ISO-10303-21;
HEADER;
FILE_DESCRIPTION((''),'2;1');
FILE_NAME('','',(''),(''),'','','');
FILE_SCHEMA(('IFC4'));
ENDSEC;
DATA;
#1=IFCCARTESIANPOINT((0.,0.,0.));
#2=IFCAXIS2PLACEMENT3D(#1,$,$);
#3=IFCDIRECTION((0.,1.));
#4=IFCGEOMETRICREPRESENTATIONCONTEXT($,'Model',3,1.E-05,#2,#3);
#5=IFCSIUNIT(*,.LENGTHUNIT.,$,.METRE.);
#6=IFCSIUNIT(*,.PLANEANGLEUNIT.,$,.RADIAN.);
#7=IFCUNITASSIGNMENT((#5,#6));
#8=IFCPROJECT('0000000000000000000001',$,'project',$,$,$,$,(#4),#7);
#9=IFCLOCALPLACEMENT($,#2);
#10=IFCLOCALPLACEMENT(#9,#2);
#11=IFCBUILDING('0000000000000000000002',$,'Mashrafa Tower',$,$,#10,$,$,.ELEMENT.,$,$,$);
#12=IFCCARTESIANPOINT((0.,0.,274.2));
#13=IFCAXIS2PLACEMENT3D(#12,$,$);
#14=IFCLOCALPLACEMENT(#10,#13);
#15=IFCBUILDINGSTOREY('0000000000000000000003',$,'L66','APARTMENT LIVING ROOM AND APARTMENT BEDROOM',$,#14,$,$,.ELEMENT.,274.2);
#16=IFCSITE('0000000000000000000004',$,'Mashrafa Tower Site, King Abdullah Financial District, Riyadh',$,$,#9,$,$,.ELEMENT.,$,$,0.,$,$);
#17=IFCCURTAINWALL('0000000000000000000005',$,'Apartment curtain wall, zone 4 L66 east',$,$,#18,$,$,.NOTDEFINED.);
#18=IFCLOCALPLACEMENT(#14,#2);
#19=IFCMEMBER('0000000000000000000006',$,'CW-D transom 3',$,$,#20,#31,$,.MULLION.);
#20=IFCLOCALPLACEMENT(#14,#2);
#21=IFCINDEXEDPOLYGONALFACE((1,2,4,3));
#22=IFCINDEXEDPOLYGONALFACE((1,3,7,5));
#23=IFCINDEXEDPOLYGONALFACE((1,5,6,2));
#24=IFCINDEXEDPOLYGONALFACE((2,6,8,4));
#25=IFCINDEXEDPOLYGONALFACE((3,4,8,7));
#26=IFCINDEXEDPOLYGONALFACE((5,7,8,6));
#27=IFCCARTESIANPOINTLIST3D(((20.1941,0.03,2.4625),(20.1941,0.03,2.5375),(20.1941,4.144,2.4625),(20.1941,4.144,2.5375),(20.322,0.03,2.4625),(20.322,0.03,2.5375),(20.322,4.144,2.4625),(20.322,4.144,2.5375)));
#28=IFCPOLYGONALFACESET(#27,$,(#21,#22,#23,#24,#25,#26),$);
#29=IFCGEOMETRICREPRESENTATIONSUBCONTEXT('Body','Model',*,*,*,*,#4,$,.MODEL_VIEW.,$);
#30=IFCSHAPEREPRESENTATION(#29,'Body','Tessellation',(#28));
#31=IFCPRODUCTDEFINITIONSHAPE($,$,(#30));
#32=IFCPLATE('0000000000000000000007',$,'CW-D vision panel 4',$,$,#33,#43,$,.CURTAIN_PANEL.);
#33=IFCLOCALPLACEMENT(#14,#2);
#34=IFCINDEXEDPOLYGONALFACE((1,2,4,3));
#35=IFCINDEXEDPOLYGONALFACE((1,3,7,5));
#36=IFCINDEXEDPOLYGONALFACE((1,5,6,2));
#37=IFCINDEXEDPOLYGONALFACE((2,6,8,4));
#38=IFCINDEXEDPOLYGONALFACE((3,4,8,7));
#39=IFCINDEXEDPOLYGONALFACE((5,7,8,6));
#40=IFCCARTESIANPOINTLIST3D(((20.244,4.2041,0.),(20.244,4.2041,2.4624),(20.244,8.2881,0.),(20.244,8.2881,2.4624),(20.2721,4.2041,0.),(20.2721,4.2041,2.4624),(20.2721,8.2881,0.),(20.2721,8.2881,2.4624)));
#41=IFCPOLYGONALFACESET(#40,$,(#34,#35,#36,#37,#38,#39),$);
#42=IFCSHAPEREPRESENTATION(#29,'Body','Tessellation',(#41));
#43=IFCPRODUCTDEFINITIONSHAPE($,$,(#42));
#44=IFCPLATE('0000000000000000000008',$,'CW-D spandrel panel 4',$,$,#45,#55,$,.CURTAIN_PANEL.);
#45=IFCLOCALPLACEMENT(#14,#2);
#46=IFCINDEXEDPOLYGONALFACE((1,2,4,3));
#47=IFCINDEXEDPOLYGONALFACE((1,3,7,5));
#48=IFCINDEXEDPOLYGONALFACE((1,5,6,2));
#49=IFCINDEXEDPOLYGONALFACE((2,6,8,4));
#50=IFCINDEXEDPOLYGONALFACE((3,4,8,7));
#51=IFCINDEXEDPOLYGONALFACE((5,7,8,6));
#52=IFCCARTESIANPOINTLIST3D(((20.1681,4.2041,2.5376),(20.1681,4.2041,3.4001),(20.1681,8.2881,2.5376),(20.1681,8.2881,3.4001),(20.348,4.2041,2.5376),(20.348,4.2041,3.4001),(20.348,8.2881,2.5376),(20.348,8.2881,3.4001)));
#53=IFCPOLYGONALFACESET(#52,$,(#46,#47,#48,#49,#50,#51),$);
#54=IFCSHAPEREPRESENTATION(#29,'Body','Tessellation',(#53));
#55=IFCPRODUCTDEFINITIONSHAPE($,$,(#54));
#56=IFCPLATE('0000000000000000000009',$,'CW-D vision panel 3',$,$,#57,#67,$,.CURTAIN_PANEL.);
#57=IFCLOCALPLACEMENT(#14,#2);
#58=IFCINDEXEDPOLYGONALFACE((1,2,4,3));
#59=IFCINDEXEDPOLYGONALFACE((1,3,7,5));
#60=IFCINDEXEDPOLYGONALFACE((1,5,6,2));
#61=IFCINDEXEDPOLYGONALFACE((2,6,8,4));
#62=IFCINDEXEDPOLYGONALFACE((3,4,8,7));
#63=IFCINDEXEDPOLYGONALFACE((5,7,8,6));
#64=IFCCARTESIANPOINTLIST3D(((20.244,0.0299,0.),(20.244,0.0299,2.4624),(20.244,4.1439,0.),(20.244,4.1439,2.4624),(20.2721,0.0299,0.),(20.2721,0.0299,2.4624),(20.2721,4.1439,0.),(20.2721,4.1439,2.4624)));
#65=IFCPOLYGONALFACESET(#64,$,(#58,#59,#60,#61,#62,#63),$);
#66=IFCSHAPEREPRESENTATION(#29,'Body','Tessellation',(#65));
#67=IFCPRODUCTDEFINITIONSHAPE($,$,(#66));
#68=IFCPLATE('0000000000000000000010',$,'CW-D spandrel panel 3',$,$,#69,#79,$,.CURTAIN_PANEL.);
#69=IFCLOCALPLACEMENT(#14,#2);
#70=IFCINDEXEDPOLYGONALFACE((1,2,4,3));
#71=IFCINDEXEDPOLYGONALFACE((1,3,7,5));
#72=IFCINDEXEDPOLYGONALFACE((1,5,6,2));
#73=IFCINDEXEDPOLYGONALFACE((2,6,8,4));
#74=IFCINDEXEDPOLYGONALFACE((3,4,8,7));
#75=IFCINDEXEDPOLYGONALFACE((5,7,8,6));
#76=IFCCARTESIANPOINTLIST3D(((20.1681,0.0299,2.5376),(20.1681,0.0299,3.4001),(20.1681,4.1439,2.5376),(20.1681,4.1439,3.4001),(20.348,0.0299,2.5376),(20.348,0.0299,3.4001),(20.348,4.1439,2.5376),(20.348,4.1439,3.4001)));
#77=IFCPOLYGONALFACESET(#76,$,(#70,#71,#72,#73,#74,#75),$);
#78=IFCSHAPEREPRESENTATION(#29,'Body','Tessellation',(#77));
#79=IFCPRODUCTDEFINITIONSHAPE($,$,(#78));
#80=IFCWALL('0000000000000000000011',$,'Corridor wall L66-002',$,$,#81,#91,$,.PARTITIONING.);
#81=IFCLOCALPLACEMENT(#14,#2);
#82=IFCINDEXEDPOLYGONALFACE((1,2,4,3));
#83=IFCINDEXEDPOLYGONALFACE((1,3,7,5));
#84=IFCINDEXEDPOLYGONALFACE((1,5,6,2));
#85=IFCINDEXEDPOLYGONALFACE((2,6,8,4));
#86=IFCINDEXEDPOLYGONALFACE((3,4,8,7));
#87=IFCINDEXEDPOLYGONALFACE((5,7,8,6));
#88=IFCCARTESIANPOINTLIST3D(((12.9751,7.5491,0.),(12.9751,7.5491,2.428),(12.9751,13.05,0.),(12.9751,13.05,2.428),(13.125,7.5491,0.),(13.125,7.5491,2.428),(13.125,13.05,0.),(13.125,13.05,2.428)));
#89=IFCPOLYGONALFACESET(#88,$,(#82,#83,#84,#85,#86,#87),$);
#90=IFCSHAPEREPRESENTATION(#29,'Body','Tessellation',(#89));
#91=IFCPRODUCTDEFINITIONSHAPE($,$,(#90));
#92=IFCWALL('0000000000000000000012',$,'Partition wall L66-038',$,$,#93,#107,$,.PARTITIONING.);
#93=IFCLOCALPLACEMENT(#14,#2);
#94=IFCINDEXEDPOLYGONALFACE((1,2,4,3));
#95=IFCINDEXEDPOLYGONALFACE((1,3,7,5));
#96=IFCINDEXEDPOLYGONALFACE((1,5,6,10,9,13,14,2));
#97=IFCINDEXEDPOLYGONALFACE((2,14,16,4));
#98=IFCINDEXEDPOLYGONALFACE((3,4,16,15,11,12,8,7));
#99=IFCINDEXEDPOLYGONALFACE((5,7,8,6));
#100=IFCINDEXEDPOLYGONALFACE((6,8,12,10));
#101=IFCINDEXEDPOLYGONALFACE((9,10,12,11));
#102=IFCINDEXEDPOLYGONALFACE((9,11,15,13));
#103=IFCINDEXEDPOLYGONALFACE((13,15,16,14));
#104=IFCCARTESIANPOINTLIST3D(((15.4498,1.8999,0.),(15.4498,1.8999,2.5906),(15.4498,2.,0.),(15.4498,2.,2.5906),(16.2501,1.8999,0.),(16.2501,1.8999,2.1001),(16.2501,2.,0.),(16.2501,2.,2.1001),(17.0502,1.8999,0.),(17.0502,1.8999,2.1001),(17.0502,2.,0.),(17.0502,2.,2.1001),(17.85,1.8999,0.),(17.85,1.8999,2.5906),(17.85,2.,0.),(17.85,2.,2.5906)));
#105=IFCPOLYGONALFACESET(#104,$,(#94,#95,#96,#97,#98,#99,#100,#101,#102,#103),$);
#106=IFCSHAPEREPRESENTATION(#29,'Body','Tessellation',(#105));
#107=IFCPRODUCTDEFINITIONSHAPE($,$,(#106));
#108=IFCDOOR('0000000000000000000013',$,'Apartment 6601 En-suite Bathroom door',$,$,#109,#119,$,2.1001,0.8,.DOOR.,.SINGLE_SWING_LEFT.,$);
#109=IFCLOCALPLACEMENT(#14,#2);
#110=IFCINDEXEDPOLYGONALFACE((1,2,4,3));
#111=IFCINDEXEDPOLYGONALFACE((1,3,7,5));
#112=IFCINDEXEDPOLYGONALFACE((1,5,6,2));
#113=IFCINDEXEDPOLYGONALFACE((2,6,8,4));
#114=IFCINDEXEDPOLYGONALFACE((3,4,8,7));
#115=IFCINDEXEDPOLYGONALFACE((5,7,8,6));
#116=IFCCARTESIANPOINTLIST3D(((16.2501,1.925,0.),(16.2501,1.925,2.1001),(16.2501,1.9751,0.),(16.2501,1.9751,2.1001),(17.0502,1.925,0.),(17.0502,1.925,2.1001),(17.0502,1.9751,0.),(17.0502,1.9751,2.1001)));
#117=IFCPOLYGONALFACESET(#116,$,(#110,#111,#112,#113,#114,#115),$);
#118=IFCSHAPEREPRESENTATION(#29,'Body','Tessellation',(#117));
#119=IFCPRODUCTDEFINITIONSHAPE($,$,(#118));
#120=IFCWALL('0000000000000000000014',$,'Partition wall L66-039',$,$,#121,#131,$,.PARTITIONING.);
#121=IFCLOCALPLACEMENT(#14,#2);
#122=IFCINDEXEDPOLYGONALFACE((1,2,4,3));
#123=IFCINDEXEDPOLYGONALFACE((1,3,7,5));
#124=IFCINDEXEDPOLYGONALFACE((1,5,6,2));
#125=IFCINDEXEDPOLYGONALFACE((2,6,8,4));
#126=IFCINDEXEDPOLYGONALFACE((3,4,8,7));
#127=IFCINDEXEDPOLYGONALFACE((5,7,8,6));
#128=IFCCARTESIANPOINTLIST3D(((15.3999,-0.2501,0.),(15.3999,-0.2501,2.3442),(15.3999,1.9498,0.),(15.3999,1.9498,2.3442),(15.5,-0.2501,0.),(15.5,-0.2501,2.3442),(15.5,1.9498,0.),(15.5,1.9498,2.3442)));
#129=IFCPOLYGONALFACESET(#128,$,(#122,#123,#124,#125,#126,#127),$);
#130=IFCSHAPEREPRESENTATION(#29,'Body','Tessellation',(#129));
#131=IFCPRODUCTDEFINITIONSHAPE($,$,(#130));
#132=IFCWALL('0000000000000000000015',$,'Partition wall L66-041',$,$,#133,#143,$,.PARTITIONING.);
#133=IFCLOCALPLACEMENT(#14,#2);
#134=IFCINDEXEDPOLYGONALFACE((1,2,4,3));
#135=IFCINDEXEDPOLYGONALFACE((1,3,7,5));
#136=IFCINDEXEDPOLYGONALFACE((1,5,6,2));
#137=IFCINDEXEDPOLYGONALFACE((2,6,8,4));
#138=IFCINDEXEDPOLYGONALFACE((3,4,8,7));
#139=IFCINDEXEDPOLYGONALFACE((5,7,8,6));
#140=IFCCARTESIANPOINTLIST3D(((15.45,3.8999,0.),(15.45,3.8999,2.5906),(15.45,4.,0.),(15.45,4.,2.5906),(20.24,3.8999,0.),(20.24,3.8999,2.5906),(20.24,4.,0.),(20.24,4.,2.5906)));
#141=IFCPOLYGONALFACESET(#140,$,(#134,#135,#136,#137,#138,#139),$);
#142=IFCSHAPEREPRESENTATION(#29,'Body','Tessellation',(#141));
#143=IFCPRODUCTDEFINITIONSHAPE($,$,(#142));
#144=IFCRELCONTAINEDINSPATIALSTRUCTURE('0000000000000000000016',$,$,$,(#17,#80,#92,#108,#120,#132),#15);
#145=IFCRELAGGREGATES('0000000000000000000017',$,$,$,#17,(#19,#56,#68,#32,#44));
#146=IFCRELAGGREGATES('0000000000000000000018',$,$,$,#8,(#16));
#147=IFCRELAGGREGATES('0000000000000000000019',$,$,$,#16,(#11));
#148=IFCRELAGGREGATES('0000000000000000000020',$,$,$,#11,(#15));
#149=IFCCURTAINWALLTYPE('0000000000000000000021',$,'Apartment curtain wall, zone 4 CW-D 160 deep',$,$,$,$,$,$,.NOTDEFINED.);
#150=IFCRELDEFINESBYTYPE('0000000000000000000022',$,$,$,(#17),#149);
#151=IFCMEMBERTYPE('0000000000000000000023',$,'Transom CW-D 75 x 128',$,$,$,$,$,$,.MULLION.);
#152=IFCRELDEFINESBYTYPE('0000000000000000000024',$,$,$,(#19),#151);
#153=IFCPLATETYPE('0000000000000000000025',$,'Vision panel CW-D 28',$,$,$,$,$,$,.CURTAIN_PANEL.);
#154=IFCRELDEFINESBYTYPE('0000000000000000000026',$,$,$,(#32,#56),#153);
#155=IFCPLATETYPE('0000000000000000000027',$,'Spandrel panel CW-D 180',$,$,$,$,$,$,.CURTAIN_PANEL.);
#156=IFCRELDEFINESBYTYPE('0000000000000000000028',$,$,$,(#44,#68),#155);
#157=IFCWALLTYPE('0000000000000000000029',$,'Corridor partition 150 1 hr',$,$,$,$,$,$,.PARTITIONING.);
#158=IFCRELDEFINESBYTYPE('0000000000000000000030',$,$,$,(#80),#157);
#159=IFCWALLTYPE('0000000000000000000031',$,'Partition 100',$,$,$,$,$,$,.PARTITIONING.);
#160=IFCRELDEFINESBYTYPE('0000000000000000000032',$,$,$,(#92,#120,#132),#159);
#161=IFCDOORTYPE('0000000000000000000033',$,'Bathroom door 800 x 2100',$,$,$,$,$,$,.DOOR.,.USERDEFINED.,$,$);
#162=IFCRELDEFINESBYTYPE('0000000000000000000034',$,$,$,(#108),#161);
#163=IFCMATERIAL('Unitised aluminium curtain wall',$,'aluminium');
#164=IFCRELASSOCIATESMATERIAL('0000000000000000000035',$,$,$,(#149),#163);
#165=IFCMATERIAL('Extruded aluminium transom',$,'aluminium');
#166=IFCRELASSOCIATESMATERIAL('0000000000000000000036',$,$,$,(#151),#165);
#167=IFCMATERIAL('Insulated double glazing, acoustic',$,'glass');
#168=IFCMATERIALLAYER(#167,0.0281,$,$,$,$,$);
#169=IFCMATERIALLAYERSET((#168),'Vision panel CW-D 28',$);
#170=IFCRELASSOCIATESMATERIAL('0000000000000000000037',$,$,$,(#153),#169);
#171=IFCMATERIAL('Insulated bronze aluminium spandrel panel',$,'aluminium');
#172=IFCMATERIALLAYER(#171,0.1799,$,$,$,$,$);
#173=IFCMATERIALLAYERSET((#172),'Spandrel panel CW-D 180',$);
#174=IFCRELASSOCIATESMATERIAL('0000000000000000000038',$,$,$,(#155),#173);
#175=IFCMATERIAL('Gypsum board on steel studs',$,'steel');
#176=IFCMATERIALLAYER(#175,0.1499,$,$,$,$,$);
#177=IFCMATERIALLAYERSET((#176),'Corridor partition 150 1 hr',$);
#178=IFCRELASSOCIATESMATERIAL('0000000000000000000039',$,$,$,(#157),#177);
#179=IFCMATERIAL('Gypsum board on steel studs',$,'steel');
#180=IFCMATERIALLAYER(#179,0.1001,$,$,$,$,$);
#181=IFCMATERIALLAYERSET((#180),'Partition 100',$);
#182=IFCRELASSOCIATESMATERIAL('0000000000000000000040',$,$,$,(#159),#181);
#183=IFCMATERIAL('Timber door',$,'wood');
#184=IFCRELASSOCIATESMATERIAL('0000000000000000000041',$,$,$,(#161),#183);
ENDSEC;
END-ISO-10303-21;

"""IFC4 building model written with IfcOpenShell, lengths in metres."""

from ifc_helpers import new_model, si_unit, direction, frame, frame_2d, origin, origin_2d, place, context, subcontext, project, spatial, rectangle, extrude, source, transform, mapped, material, layer, layer_set, material_profile, profile_set, type_object, type_shapes, element, fill, aggregate, save


model = new_model("IFC4")

# Units and contexts
model_context = context("Model", 3, precision=1e-05, world=origin(), true_north=direction((0.0, 1.0)))
body_context = subcontext(model_context, "Body", "Model", "MODEL_VIEW")
ifc_project = project(units=[si_unit("LENGTHUNIT", "METRE"), si_unit("PLANEANGLEUNIT", "RADIAN")], contexts=[model_context])

# Site, building, storey
site_placement = place(None, origin())
site = spatial("IfcSite", under=ifc_project, at=site_placement, Name="Mashrafa Tower Site, King Abdullah Financial District, Riyadh", CompositionType="ELEMENT", RefElevation=0.0)
building_placement = place(site_placement, origin())
building = spatial("IfcBuilding", under=site, at=building_placement, Name="Mashrafa Tower", CompositionType="ELEMENT")
storey_placement = place(building_placement, frame((0.0, 0.0, 274.2)))
storey = spatial("IfcBuildingStorey", under=building, at=storey_placement, Name="L66", Description="APARTMENT LIVING ROOM AND APARTMENT BEDROOM", CompositionType="ELEMENT", Elevation=274.2)

# Curtain wall, member, plates
ifc_material_1 = material(Name="Unitised aluminium curtain wall", Category="aluminium")
curtain_wall_type = type_object("IfcCurtainWallType", Name="Apartment curtain wall, zone 4 CW-D 160 deep", PredefinedType="NOTDEFINED", material=ifc_material_1)
curtain_wall_placement = place(storey_placement, origin())
curtain_wall = element("IfcCurtainWall", 1, at=curtain_wall_placement, inside=storey, type_object=curtain_wall_type, Name="Apartment curtain wall, zone 4 L66 east", PredefinedType="NOTDEFINED")
ifc_material_2 = material(Name="Extruded aluminium transom", Category="aluminium")
ifc_material_profile_1 = material_profile(ifc_material_2, rectangle(XDim=0.1279, YDim=0.075, at=origin_2d()), Name="Transom 75x128")
ifc_profile_set_1 = profile_set([ifc_material_profile_1], Name="Extruded aluminium transom")
member_type_1 = type_object("IfcMemberType", Name="Transom CW-D 75 x 128", PredefinedType="MULLION", material=ifc_profile_set_1)
shared_shape_1 = source(origin(), body_context, "Body", "SweptSolid", [
    extrude(rectangle(XDim=0.1279, YDim=0.075, at=origin_2d()), origin(), (0.0, 0.0, 1.0), 4.114),
])
member_1_placement = place(storey_placement, frame((20.2581, 0.03, 2.5), z_axis=(0.0, 1.0, 0.0), x_axis=(-1.0, 0.0, 0.0)))
member_1 = element("IfcMember", 2, at=member_1_placement, type_object=member_type_1, Name="CW-D transom 3", PredefinedType="MULLION", context=body_context, shape_type="MappedRepresentation", body=[
    mapped(shared_shape_1, transform((0.0, 0.0, 0.0))),
])
ifc_material_3 = material(Name="Insulated double glazing, acoustic", Category="glass")
ifc_layer_1 = layer(ifc_material_3, 0.0281)
ifc_layer_set_1 = layer_set([ifc_layer_1], Name="Vision panel CW-D 28")
plate_type_1 = type_object("IfcPlateType", Name="Vision panel CW-D 28", PredefinedType="CURTAIN_PANEL", material=ifc_layer_set_1)
shared_shape_2 = source(origin(), body_context, "Body", "SweptSolid", [
    extrude(rectangle(XDim=4.084, YDim=0.0281, at=origin_2d()), origin(), (0.0, 0.0, 1.0), 2.4624),
])
plate_1_placement = place(storey_placement, frame((20.2581, 6.2461, 0.0), z_axis=(0.0, 0.0, 1.0), x_axis=(0.0, 1.0, 0.0)))
plate_1 = element("IfcPlate", 3, at=plate_1_placement, type_object=plate_type_1, Name="CW-D vision panel 4", PredefinedType="CURTAIN_PANEL", context=body_context, shape_type="MappedRepresentation", body=[
    mapped(shared_shape_2, transform((0.0, 0.0, 0.0))),
])
ifc_material_4 = material(Name="Insulated bronze aluminium spandrel panel", Category="aluminium")
ifc_layer_2 = layer(ifc_material_4, 0.1799)
ifc_layer_set_2 = layer_set([ifc_layer_2], Name="Spandrel panel CW-D 180")
plate_type_2 = type_object("IfcPlateType", Name="Spandrel panel CW-D 180", PredefinedType="CURTAIN_PANEL", material=ifc_layer_set_2)
shared_shape_3 = source(origin(), body_context, "Body", "SweptSolid", [
    extrude(rectangle(XDim=4.084, YDim=0.1799, at=origin_2d()), origin(), (0.0, 0.0, 1.0), 0.8625),
])
plate_2_placement = place(storey_placement, frame((20.2581, 6.2461, 2.5376), z_axis=(0.0, 0.0, 1.0), x_axis=(0.0, 1.0, 0.0)))
plate_2 = element("IfcPlate", 4, at=plate_2_placement, type_object=plate_type_2, Name="CW-D spandrel panel 4", PredefinedType="CURTAIN_PANEL", context=body_context, shape_type="MappedRepresentation", body=[
    mapped(shared_shape_3, transform((0.0, 0.0, 0.0))),
])
shared_shape_4 = source(origin(), body_context, "Body", "SweptSolid", [
    extrude(rectangle(XDim=4.114, YDim=0.0281, at=origin_2d()), origin(), (0.0, 0.0, 1.0), 2.4624),
])
type_shapes(plate_type_1, [shared_shape_2, shared_shape_4])
plate_3_placement = place(storey_placement, frame((20.2581, 2.0869, 0.0), z_axis=(0.0, 0.0, 1.0), x_axis=(0.0, 1.0, 0.0)))
plate_3 = element("IfcPlate", 5, at=plate_3_placement, type_object=plate_type_1, Name="CW-D vision panel 3", PredefinedType="CURTAIN_PANEL", context=body_context, shape_type="MappedRepresentation", body=[
    mapped(shared_shape_4, transform((0.0, 0.0, 0.0))),
])
shared_shape_5 = source(origin(), body_context, "Body", "SweptSolid", [
    extrude(rectangle(XDim=4.114, YDim=0.1799, at=origin_2d()), origin(), (0.0, 0.0, 1.0), 0.8625),
])
type_shapes(plate_type_2, [shared_shape_3, shared_shape_5])
plate_4_placement = place(storey_placement, frame((20.2581, 2.0869, 2.5376), z_axis=(0.0, 0.0, 1.0), x_axis=(0.0, 1.0, 0.0)))
plate_4 = element("IfcPlate", 6, at=plate_4_placement, type_object=plate_type_2, Name="CW-D spandrel panel 3", PredefinedType="CURTAIN_PANEL", context=body_context, shape_type="MappedRepresentation", body=[
    mapped(shared_shape_5, transform((0.0, 0.0, 0.0))),
])
aggregate(curtain_wall, [member_1, plate_3, plate_4, plate_1, plate_2])

# Wall
ifc_material_5 = material(Name="Gypsum board on steel studs", Category="steel")
ifc_layer_3 = layer(ifc_material_5, 0.1499)
ifc_layer_set_3 = layer_set([ifc_layer_3], Name="Corridor partition 150 1 hr")
wall_type_1 = type_object("IfcWallType", Name="Corridor partition 150 1 hr", PredefinedType="PARTITIONING", material=ifc_layer_set_3)
wall_1_placement = place(storey_placement, frame((13.05, 7.5491, 0.0), z_axis=(0.0, 0.0, 1.0), x_axis=(0.0, 1.0, 0.0)))
element("IfcWall", 7, at=wall_1_placement, inside=storey, type_object=wall_type_1, Name="Corridor wall L66-002", PredefinedType="PARTITIONING", context=body_context, shape_type="SweptSolid", body=[
    extrude(rectangle(XDim=5.501, YDim=0.1499, at=frame_2d((2.7505, 0.0))), origin(), (0.0, 0.0, 1.0), 2.428),
])

# Wall, opening, door
ifc_material_6 = material(Name="Gypsum board on steel studs", Category="steel")
ifc_layer_4 = layer(ifc_material_6, 0.1001)
ifc_layer_set_4 = layer_set([ifc_layer_4], Name="Partition 100")
wall_type_2 = type_object("IfcWallType", Name="Partition 100", PredefinedType="PARTITIONING", material=ifc_layer_set_4)
wall_2_placement = place(storey_placement, frame((17.8501, 1.95, 0.0), z_axis=(0.0, 0.0, 1.0), x_axis=(-1.0, 0.0, 0.0)))
wall_2 = element("IfcWall", 8, at=wall_2_placement, inside=storey, type_object=wall_type_2, Name="Partition wall L66-038", PredefinedType="PARTITIONING", context=body_context, shape_type="SweptSolid", body=[
    extrude(rectangle(XDim=2.4001, YDim=0.1001, at=frame_2d((1.2002, 0.0))), origin(), (0.0, 0.0, 1.0), 2.5906),
])
opening_1_placement = place(wall_2_placement, frame((0.8, 0.0, 0.0)))
opening_1 = element("IfcOpeningElement", 9, at=opening_1_placement, cuts=wall_2, PredefinedType="OPENING", context=body_context, shape_type="SweptSolid", body=[
    extrude(rectangle(XDim=0.8, YDim=2.1001, at=frame_2d((0.3999, 1.05))), frame((0.0, 0.0601, 0.0), z_axis=(0.0, -1.0, 0.0), x_axis=(1.0, 0.0, 0.0)), (0.0, 0.0, 1.0), 0.1201),
])
ifc_material_7 = material(Name="Timber door", Category="wood")
door_type_1 = type_object("IfcDoorType", Name="Bathroom door 800 x 2100", OperationType="USERDEFINED", PredefinedType="DOOR", material=ifc_material_7)
door_1_placement = place(opening_1_placement, origin())
door_1 = element("IfcDoor", 10, at=door_1_placement, inside=storey, type_object=door_type_1, Name="Apartment 6601 En-suite Bathroom door", OperationType="SINGLE_SWING_LEFT", OverallHeight=2.1001, OverallWidth=0.8, PredefinedType="DOOR", context=body_context, shape_type="SweptSolid", body=[
    extrude(rectangle(XDim=0.8, YDim=2.1001, at=frame_2d((0.3999, 1.05))), frame((0.0, 0.0249, 0.0), z_axis=(0.0, -1.0, 0.0), x_axis=(1.0, 0.0, 0.0)), (0.0, 0.0, 1.0), 0.05),
])
fill(opening_1, door_1)

# Walls
wall_3_placement = place(storey_placement, frame((15.45, 1.95, 0.0), z_axis=(0.0, 0.0, 1.0), x_axis=(0.0, -1.0, 0.0)))
element("IfcWall", 11, at=wall_3_placement, inside=storey, type_object=wall_type_2, Name="Partition wall L66-039", PredefinedType="PARTITIONING", context=body_context, shape_type="SweptSolid", body=[
    extrude(rectangle(XDim=2.2, YDim=0.1001, at=frame_2d((1.1001, 0.0))), origin(), (0.0, 0.0, 1.0), 2.3442),
])
wall_4_placement = place(storey_placement, frame((20.24, 3.95, 0.0), z_axis=(0.0, 0.0, 1.0), x_axis=(-1.0, 0.0, 0.0)))
element("IfcWall", 12, at=wall_4_placement, inside=storey, type_object=wall_type_2, Name="Partition wall L66-041", PredefinedType="PARTITIONING", context=body_context, shape_type="SweptSolid", body=[
    extrude(rectangle(XDim=4.79, YDim=0.1001, at=frame_2d((2.395, 0.0))), origin(), (0.0, 0.0, 1.0), 2.5906),
])

save(model, "model.ifc")
